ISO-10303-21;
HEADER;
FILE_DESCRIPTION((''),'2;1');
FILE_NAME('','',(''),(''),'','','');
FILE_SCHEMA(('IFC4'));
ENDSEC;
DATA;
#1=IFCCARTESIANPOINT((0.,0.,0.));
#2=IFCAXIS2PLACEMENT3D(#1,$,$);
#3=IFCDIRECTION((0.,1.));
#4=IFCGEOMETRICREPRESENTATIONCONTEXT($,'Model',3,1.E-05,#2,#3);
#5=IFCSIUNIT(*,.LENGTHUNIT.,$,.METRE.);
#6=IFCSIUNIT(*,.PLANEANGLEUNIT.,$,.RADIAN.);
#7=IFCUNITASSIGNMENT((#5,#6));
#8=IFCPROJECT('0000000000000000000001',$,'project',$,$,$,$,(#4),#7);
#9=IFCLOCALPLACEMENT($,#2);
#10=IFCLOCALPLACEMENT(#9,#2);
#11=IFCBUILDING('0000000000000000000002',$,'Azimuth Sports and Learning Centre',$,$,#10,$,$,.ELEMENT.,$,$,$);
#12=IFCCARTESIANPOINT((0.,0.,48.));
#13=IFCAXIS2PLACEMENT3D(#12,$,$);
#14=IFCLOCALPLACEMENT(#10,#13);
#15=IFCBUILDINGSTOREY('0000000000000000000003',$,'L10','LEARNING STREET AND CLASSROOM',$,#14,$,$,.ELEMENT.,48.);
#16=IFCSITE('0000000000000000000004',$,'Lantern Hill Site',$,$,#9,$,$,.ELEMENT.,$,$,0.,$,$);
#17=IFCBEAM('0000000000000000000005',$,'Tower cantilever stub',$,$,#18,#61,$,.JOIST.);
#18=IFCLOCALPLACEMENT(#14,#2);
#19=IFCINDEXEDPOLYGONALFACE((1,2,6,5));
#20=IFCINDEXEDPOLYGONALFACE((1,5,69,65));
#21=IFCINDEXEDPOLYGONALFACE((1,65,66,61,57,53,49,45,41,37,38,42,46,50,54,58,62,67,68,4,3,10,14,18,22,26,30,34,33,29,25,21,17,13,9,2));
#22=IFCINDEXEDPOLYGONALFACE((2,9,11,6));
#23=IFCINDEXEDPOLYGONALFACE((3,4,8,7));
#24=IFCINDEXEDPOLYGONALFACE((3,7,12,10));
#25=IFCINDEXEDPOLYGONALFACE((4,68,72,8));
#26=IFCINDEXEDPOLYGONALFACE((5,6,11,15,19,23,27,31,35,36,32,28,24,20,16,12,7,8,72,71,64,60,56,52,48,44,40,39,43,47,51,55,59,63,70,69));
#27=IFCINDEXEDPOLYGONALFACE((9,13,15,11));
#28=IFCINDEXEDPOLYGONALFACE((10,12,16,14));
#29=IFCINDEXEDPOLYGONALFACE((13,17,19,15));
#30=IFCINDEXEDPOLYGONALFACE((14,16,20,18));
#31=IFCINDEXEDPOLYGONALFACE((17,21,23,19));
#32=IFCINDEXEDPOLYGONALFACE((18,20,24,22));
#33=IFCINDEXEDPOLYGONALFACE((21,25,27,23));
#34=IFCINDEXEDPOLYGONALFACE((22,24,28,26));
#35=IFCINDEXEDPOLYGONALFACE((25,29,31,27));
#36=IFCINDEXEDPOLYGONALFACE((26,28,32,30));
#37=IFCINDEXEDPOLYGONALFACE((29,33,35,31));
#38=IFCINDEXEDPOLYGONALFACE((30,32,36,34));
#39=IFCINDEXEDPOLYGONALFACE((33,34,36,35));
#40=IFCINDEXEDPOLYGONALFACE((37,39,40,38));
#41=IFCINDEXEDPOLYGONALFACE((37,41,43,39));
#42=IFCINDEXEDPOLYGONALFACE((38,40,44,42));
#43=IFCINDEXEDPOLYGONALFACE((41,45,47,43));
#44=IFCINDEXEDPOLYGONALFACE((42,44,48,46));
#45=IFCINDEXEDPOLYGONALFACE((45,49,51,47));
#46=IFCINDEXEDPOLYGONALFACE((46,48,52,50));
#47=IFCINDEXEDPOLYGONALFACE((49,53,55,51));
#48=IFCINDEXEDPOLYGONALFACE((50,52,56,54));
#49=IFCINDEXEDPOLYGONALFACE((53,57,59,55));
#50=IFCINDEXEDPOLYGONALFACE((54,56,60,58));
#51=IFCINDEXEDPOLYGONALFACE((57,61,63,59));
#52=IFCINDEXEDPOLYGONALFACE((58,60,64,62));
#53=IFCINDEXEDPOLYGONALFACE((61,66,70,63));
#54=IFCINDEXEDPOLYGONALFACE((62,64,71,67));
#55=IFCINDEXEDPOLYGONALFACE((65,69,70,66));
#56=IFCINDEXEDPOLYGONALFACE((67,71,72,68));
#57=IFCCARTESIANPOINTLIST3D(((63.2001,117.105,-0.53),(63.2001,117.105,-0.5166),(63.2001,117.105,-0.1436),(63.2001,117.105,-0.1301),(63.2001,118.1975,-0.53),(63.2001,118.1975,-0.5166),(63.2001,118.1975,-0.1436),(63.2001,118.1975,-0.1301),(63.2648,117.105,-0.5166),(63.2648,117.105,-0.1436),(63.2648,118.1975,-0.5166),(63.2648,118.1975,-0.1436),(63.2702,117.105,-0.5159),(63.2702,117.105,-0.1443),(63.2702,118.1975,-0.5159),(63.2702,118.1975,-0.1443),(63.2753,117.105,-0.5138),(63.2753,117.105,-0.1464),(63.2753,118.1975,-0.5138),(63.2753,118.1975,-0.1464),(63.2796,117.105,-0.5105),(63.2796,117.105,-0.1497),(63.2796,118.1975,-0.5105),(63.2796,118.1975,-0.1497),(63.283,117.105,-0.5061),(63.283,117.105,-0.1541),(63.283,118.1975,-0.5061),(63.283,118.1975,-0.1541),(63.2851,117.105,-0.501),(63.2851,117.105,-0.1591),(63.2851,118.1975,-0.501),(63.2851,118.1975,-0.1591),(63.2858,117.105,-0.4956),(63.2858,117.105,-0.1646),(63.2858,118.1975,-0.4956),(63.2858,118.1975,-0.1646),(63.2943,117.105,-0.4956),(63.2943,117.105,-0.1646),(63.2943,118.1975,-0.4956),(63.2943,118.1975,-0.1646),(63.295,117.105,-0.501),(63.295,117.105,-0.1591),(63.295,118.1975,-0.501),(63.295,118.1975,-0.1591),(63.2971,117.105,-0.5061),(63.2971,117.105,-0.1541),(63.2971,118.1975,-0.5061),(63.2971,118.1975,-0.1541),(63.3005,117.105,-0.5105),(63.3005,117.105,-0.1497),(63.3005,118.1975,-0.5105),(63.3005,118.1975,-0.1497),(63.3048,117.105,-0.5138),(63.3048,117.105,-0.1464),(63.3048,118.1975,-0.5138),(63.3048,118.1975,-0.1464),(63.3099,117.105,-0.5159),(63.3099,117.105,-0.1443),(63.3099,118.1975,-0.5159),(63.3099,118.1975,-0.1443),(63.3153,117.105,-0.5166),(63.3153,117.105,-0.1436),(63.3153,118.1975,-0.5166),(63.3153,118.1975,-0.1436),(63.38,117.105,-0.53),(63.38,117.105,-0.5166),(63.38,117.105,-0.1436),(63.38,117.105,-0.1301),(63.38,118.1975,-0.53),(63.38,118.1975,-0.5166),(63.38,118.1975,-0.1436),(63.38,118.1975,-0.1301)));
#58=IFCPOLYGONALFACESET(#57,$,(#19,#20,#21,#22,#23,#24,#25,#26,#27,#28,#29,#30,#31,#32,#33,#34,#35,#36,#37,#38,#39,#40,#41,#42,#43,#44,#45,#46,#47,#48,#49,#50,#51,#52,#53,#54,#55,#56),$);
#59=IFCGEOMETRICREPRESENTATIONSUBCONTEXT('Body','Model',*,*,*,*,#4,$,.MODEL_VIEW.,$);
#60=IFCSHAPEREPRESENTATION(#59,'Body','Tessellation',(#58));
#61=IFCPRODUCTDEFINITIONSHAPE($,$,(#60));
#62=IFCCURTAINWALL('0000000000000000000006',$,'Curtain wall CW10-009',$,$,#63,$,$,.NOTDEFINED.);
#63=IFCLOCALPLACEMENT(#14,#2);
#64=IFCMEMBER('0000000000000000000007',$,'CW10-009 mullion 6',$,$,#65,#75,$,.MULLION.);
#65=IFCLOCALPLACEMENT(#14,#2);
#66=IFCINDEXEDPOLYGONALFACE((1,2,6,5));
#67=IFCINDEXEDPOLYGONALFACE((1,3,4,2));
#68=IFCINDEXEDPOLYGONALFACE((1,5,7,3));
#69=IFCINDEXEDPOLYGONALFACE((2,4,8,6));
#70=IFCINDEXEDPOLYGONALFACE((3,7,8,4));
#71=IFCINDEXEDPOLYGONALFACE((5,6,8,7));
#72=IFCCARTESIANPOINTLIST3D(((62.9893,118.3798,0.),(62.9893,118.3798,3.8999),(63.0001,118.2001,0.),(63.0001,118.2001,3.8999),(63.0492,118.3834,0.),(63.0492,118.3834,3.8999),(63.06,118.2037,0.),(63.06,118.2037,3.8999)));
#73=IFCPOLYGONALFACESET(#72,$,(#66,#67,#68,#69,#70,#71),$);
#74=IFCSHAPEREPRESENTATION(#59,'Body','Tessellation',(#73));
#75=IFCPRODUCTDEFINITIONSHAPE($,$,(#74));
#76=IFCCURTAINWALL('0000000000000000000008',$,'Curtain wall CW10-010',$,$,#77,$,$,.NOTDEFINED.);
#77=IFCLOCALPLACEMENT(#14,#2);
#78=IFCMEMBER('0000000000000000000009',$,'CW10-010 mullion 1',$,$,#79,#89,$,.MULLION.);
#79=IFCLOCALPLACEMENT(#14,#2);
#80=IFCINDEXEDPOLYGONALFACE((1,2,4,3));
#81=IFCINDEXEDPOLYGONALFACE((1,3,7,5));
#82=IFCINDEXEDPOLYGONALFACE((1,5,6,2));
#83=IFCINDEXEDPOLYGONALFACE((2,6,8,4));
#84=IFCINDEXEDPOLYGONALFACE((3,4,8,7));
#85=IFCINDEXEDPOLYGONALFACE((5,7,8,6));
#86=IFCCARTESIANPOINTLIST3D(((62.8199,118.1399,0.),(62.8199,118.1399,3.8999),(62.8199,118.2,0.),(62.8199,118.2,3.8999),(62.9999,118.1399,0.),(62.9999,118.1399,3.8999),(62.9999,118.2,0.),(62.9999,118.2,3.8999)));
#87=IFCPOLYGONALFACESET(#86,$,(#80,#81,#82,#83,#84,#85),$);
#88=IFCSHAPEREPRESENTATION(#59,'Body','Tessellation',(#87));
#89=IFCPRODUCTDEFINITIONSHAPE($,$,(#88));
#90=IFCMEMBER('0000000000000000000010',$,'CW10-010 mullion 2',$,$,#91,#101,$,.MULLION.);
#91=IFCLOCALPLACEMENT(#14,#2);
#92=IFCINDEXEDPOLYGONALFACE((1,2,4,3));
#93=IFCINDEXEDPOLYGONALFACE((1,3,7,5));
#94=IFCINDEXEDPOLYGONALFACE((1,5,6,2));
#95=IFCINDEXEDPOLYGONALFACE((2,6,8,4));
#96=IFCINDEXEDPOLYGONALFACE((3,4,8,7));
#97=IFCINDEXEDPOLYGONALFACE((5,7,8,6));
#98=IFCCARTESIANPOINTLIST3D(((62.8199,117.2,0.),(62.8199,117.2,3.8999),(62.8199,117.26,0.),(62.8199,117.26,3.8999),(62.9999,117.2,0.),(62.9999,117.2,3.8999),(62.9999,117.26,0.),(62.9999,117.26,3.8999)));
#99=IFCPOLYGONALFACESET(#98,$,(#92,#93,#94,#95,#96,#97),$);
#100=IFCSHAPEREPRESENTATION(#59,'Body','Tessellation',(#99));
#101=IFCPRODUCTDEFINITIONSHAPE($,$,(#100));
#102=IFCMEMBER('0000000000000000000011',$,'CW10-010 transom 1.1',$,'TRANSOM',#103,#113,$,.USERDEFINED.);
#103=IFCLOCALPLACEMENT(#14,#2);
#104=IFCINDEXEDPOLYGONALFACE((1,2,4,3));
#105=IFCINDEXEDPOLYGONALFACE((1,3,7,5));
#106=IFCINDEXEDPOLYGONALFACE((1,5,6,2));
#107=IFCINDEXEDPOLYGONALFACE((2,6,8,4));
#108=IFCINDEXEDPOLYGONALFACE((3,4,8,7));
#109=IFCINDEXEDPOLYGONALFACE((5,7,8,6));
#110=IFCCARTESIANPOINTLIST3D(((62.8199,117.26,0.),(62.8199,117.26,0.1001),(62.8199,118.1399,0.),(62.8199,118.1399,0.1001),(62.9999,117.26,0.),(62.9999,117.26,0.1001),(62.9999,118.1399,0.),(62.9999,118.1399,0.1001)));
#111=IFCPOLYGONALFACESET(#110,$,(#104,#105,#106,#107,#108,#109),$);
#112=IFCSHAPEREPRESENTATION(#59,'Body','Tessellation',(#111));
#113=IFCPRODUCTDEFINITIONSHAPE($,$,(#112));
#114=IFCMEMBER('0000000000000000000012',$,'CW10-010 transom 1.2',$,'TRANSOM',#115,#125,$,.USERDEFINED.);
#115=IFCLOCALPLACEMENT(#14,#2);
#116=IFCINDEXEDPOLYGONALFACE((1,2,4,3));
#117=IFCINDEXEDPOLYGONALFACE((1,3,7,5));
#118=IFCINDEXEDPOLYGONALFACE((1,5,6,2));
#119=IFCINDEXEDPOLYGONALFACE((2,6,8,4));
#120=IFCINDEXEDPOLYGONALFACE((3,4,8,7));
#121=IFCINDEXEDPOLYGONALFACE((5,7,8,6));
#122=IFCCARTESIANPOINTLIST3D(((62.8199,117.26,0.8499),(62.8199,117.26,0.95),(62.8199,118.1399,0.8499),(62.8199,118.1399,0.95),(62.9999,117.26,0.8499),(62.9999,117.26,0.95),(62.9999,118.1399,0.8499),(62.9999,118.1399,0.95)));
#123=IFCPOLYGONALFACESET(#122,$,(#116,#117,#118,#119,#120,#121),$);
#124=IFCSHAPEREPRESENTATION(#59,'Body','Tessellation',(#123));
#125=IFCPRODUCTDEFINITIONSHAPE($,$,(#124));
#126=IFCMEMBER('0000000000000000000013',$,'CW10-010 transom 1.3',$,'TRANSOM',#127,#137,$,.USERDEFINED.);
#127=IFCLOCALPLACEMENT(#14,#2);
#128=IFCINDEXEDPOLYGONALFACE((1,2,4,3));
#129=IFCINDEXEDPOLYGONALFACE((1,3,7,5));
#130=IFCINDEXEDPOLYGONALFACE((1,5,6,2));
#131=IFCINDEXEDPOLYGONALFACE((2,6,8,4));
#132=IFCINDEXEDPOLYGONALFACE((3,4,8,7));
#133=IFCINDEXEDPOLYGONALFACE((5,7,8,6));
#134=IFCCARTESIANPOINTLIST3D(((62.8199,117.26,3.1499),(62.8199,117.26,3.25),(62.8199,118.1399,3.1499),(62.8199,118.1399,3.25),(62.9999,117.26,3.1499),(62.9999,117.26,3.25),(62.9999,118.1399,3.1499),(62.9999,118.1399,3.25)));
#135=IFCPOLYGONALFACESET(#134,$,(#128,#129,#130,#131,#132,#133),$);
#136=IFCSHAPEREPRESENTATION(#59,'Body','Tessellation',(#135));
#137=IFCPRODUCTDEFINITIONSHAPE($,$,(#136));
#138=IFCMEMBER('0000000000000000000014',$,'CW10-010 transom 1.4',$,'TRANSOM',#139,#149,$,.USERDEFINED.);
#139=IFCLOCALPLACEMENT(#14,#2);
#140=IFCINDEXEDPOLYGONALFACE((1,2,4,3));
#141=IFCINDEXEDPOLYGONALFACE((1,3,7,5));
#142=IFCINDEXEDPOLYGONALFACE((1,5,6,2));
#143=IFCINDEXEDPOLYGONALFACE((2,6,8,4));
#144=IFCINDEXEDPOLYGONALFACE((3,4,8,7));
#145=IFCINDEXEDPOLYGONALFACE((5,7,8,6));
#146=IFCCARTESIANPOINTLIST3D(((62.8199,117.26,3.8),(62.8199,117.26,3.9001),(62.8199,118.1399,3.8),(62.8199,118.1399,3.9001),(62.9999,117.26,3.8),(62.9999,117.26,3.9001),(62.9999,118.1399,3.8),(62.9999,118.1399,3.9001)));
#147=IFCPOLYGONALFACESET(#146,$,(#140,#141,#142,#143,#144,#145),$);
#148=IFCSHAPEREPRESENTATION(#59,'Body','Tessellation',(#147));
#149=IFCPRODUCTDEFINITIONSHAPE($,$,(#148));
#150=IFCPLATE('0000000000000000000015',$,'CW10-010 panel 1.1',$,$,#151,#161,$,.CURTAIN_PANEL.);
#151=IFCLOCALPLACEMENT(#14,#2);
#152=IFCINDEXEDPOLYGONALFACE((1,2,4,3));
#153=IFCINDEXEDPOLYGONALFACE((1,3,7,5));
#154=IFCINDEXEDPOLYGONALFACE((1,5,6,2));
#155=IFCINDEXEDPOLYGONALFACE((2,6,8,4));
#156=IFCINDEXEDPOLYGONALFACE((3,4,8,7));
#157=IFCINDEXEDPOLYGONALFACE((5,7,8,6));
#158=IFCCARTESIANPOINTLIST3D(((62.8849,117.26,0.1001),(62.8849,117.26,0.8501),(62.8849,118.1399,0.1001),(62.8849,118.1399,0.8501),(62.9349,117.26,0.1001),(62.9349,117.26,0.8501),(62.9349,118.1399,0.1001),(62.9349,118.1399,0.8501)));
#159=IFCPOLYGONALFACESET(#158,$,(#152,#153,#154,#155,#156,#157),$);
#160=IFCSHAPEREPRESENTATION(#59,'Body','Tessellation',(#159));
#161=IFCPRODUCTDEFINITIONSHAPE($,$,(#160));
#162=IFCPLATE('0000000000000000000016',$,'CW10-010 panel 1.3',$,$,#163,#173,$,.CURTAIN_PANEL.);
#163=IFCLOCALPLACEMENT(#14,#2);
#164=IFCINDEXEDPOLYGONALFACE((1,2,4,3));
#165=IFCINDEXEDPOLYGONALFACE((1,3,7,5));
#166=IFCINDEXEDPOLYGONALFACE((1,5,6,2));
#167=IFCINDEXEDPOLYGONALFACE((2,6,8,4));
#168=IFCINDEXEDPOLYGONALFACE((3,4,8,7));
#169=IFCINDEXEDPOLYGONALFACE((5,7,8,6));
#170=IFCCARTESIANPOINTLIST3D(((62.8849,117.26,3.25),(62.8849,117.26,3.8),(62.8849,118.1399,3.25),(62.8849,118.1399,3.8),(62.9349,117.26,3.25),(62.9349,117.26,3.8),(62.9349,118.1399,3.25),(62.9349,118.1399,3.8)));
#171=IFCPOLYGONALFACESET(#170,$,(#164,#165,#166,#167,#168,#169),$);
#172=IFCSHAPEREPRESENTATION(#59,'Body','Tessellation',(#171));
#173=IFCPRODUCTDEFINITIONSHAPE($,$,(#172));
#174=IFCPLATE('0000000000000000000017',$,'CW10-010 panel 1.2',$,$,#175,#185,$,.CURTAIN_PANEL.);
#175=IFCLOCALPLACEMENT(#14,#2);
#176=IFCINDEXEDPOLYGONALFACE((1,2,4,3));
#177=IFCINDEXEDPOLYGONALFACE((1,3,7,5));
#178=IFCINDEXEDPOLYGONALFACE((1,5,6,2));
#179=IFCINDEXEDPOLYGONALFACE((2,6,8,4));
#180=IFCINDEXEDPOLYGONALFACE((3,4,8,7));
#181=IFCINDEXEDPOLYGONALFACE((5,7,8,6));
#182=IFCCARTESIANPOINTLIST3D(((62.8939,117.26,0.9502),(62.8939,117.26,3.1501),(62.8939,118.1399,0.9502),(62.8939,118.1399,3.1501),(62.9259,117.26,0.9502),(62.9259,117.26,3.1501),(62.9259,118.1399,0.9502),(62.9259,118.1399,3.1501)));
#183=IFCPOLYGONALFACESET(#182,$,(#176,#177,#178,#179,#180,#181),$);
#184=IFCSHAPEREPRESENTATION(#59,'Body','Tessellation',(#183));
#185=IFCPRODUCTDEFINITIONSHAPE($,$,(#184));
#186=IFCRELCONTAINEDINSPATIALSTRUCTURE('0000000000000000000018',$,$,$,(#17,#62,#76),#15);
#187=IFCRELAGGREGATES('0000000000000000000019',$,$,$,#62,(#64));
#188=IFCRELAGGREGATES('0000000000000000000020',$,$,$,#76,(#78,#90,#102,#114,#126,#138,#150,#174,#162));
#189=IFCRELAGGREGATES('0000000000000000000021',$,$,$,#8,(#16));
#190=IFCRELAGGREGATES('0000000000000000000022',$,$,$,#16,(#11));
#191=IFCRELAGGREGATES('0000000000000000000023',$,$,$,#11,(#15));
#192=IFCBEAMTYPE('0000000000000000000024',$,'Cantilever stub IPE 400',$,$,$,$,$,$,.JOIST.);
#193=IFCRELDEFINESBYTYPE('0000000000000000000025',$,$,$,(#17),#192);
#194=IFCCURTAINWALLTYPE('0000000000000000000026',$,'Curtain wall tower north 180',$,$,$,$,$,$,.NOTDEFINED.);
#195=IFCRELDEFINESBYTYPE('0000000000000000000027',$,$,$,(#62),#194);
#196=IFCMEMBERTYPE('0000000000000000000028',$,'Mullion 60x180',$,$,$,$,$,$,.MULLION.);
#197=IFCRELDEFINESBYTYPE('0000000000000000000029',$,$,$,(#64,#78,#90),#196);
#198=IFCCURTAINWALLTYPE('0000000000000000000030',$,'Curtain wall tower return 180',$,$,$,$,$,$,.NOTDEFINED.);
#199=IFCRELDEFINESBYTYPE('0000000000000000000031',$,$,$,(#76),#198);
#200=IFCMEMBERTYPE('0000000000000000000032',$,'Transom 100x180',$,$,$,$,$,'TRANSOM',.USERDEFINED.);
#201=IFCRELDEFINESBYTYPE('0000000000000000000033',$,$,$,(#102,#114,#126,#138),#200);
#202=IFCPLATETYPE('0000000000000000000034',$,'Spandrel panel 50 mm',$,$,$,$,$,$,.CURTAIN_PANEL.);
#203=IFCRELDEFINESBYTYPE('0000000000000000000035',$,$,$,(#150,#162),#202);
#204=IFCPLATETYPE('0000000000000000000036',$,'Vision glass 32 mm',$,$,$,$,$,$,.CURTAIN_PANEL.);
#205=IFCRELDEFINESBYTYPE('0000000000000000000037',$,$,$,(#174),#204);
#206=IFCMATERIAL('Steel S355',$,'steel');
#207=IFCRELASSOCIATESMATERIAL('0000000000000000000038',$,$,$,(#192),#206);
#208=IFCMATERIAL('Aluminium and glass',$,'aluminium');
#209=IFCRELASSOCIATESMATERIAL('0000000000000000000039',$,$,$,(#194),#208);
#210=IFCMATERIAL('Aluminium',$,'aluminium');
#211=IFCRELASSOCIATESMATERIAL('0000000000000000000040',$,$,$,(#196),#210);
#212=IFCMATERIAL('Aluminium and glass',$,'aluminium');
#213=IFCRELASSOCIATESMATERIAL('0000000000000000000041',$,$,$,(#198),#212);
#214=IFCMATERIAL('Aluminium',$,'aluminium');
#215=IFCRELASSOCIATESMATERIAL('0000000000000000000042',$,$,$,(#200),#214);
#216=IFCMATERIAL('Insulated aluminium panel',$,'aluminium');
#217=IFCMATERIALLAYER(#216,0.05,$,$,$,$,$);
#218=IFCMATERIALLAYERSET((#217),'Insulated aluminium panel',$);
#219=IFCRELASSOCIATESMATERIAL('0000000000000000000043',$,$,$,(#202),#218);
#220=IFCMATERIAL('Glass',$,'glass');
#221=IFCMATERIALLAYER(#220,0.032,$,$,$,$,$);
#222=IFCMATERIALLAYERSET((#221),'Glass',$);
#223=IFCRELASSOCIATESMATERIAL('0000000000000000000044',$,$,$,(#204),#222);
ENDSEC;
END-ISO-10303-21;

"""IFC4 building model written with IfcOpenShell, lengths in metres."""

from ifc_helpers import new_model, si_unit, direction, frame, origin, origin_2d, place, context, subcontext, project, spatial, rectangle, i_section, extrude, material, layer, layer_set, material_profile, profile_set, type_object, element, aggregate, save


model = new_model("IFC4")

# Units and contexts
model_context = context("Model", 3, precision=1e-05, world=origin(), true_north=direction((0.0, 1.0)))
body_context = subcontext(model_context, "Body", "Model", "MODEL_VIEW")
ifc_project = project(units=[si_unit("LENGTHUNIT", "METRE"), si_unit("PLANEANGLEUNIT", "RADIAN")], contexts=[model_context])

# Site, building, storey
site_placement = place(None, origin())
site = spatial("IfcSite", under=ifc_project, at=site_placement, Name="Lantern Hill Site", CompositionType="ELEMENT", RefElevation=0.0)
building_placement = place(site_placement, origin())
building = spatial("IfcBuilding", under=site, at=building_placement, Name="Azimuth Sports and Learning Centre", CompositionType="ELEMENT")
storey_placement = place(building_placement, frame((0.0, 0.0, 48.0)))
storey = spatial("IfcBuildingStorey", under=building, at=storey_placement, Name="L10", Description="LEARNING STREET AND CLASSROOM", CompositionType="ELEMENT", Elevation=48.0)

# Beam
ifc_material_1 = material(Name="Steel S355", Category="steel")
ifc_material_profile_1 = material_profile(ifc_material_1, i_section(OverallWidth=0.1799, OverallDepth=0.3999, WebThickness=0.0085, FlangeThickness=0.0134, FilletRadius=0.021, at=origin_2d()), Name="IPE 400")
ifc_profile_set_1 = profile_set([ifc_material_profile_1], Name="Steel S355")
beam_type = type_object("IfcBeamType", Name="Cantilever stub IPE 400", PredefinedType="JOIST", material=ifc_profile_set_1)
beam_placement = place(storey_placement, frame((63.29, 117.105, -0.3301), z_axis=(0.0, 1.0, 0.0), x_axis=(-1.0, 0.0, 0.0)))
element("IfcBeam", 1, at=beam_placement, inside=storey, type_object=beam_type, Name="Tower cantilever stub", PredefinedType="JOIST", context=body_context, shape_type="SweptSolid", body=[
    extrude(i_section(OverallWidth=0.1799, OverallDepth=0.3999, WebThickness=0.0085, FlangeThickness=0.0134, FilletRadius=0.021, at=origin_2d()), origin(), (0.0, 0.0, 1.0), 1.0925),
])

# Curtain wall, member
ifc_material_2 = material(Name="Aluminium and glass", Category="aluminium")
curtain_wall_type_1 = type_object("IfcCurtainWallType", Name="Curtain wall tower north 180", PredefinedType="NOTDEFINED", material=ifc_material_2)
curtain_wall_1_placement = place(storey_placement, origin())
curtain_wall_1 = element("IfcCurtainWall", 2, at=curtain_wall_1_placement, inside=storey, type_object=curtain_wall_type_1, Name="Curtain wall CW10-009", PredefinedType="NOTDEFINED")
ifc_material_3 = material(Name="Aluminium", Category="aluminium")
ifc_material_profile_2 = material_profile(ifc_material_3, rectangle(XDim=0.1799, YDim=0.0601, at=origin_2d()), Name="Mullion 60x180")
ifc_profile_set_2 = profile_set([ifc_material_profile_2], Name="Aluminium")
member_type_1 = type_object("IfcMemberType", Name="Mullion 60x180", PredefinedType="MULLION", material=ifc_profile_set_2)
member_1_placement = place(storey_placement, frame((63.0247, 118.2917, 0.0), z_axis=(0.0, 0.0, 1.0), x_axis=(0.059892, -0.998205, 0.0)))
member_1 = element("IfcMember", 3, at=member_1_placement, type_object=member_type_1, Name="CW10-009 mullion 6", PredefinedType="MULLION", context=body_context, shape_type="SweptSolid", body=[
    extrude(rectangle(XDim=0.1799, YDim=0.0601, at=origin_2d()), origin(), (0.0, 0.0, 1.0), 3.8999),
])
aggregate(curtain_wall_1, [member_1])

# Curtain wall, members, plates
ifc_material_4 = material(Name="Aluminium and glass", Category="aluminium")
curtain_wall_type_2 = type_object("IfcCurtainWallType", Name="Curtain wall tower return 180", PredefinedType="NOTDEFINED", material=ifc_material_4)
curtain_wall_2_placement = place(storey_placement, origin())
curtain_wall_2 = element("IfcCurtainWall", 4, at=curtain_wall_2_placement, inside=storey, type_object=curtain_wall_type_2, Name="Curtain wall CW10-010", PredefinedType="NOTDEFINED")
member_2_placement = place(storey_placement, frame((62.9099, 118.1699, 0.0), z_axis=(0.0, 0.0, 1.0), x_axis=(1.0, 0.0, 0.0)))
member_2 = element("IfcMember", 5, at=member_2_placement, type_object=member_type_1, Name="CW10-010 mullion 1", PredefinedType="MULLION", context=body_context, shape_type="SweptSolid", body=[
    extrude(rectangle(XDim=0.1799, YDim=0.0601, at=origin_2d()), origin(), (0.0, 0.0, 1.0), 3.8999),
])
member_3_placement = place(storey_placement, frame((62.9099, 117.23, 0.0), z_axis=(0.0, 0.0, 1.0), x_axis=(1.0, 0.0, 0.0)))
member_3 = element("IfcMember", 6, at=member_3_placement, type_object=member_type_1, Name="CW10-010 mullion 2", PredefinedType="MULLION", context=body_context, shape_type="SweptSolid", body=[
    extrude(rectangle(XDim=0.1799, YDim=0.0601, at=origin_2d()), origin(), (0.0, 0.0, 1.0), 3.8999),
])
ifc_material_5 = material(Name="Aluminium", Category="aluminium")
ifc_material_profile_3 = material_profile(ifc_material_5, rectangle(XDim=0.1799, YDim=0.1001, at=origin_2d()), Name="Transom 100x180")
ifc_profile_set_3 = profile_set([ifc_material_profile_3], Name="Aluminium")
member_type_2 = type_object("IfcMemberType", Name="Transom 100x180", ElementType="TRANSOM", PredefinedType="USERDEFINED", material=ifc_profile_set_3)
member_4_placement = place(storey_placement, frame((62.9099, 118.1399, 0.05), z_axis=(0.0, -1.0, 0.0), x_axis=(1.0, 0.0, 0.0)))
member_4 = element("IfcMember", 7, at=member_4_placement, type_object=member_type_2, Name="CW10-010 transom 1.1", ObjectType="TRANSOM", PredefinedType="USERDEFINED", context=body_context, shape_type="SweptSolid", body=[
    extrude(rectangle(XDim=0.1799, YDim=0.1001, at=origin_2d()), origin(), (0.0, 0.0, 1.0), 0.8799),
])
member_5_placement = place(storey_placement, frame((62.9099, 118.1399, 0.8999), z_axis=(0.0, -1.0, 0.0), x_axis=(1.0, 0.0, 0.0)))
member_5 = element("IfcMember", 8, at=member_5_placement, type_object=member_type_2, Name="CW10-010 transom 1.2", ObjectType="TRANSOM", PredefinedType="USERDEFINED", context=body_context, shape_type="SweptSolid", body=[
    extrude(rectangle(XDim=0.1799, YDim=0.1001, at=origin_2d()), origin(), (0.0, 0.0, 1.0), 0.8799),
])
member_6_placement = place(storey_placement, frame((62.9099, 118.1399, 3.2), z_axis=(0.0, -1.0, 0.0), x_axis=(1.0, 0.0, 0.0)))
member_6 = element("IfcMember", 9, at=member_6_placement, type_object=member_type_2, Name="CW10-010 transom 1.3", ObjectType="TRANSOM", PredefinedType="USERDEFINED", context=body_context, shape_type="SweptSolid", body=[
    extrude(rectangle(XDim=0.1799, YDim=0.1001, at=origin_2d()), origin(), (0.0, 0.0, 1.0), 0.8799),
])
member_7_placement = place(storey_placement, frame((62.9099, 118.1399, 3.8501), z_axis=(0.0, -1.0, 0.0), x_axis=(1.0, 0.0, 0.0)))
member_7 = element("IfcMember", 10, at=member_7_placement, type_object=member_type_2, Name="CW10-010 transom 1.4", ObjectType="TRANSOM", PredefinedType="USERDEFINED", context=body_context, shape_type="SweptSolid", body=[
    extrude(rectangle(XDim=0.1799, YDim=0.1001, at=origin_2d()), origin(), (0.0, 0.0, 1.0), 0.8799),
])
ifc_material_6 = material(Name="Insulated aluminium panel", Category="aluminium")
ifc_layer_1 = layer(ifc_material_6, 0.05)
ifc_layer_set_1 = layer_set([ifc_layer_1], Name="Insulated aluminium panel")
plate_type_1 = type_object("IfcPlateType", Name="Spandrel panel 50 mm", PredefinedType="CURTAIN_PANEL", material=ifc_layer_set_1)
plate_1_placement = place(storey_placement, frame((62.9099, 117.7, 0.1001), z_axis=(0.0, 0.0, 1.0), x_axis=(0.0, -1.0, 0.0)))
plate_1 = element("IfcPlate", 11, at=plate_1_placement, type_object=plate_type_1, Name="CW10-010 panel 1.1", PredefinedType="CURTAIN_PANEL", context=body_context, shape_type="SweptSolid", body=[
    extrude(rectangle(XDim=0.8799, YDim=0.05, at=origin_2d()), origin(), (0.0, 0.0, 1.0), 0.75),
])
plate_2_placement = place(storey_placement, frame((62.9099, 117.7, 3.25), z_axis=(0.0, 0.0, 1.0), x_axis=(0.0, -1.0, 0.0)))
plate_2 = element("IfcPlate", 12, at=plate_2_placement, type_object=plate_type_1, Name="CW10-010 panel 1.3", PredefinedType="CURTAIN_PANEL", context=body_context, shape_type="SweptSolid", body=[
    extrude(rectangle(XDim=0.8799, YDim=0.05, at=origin_2d()), origin(), (0.0, 0.0, 1.0), 0.55),
])
ifc_material_7 = material(Name="Glass", Category="glass")
ifc_layer_2 = layer(ifc_material_7, 0.032)
ifc_layer_set_2 = layer_set([ifc_layer_2], Name="Glass")
plate_type_2 = type_object("IfcPlateType", Name="Vision glass 32 mm", PredefinedType="CURTAIN_PANEL", material=ifc_layer_set_2)
plate_3_placement = place(storey_placement, frame((62.9099, 117.7, 0.9502), z_axis=(0.0, 0.0, 1.0), x_axis=(0.0, -1.0, 0.0)))
plate_3 = element("IfcPlate", 13, at=plate_3_placement, type_object=plate_type_2, Name="CW10-010 panel 1.2", PredefinedType="CURTAIN_PANEL", context=body_context, shape_type="SweptSolid", body=[
    extrude(rectangle(XDim=0.8799, YDim=0.032, at=origin_2d()), origin(), (0.0, 0.0, 1.0), 2.2),
])
aggregate(curtain_wall_2, [member_2, member_3, member_4, member_5, member_6, member_7, plate_1, plate_3, plate_2])

save(model, "model.ifc")
